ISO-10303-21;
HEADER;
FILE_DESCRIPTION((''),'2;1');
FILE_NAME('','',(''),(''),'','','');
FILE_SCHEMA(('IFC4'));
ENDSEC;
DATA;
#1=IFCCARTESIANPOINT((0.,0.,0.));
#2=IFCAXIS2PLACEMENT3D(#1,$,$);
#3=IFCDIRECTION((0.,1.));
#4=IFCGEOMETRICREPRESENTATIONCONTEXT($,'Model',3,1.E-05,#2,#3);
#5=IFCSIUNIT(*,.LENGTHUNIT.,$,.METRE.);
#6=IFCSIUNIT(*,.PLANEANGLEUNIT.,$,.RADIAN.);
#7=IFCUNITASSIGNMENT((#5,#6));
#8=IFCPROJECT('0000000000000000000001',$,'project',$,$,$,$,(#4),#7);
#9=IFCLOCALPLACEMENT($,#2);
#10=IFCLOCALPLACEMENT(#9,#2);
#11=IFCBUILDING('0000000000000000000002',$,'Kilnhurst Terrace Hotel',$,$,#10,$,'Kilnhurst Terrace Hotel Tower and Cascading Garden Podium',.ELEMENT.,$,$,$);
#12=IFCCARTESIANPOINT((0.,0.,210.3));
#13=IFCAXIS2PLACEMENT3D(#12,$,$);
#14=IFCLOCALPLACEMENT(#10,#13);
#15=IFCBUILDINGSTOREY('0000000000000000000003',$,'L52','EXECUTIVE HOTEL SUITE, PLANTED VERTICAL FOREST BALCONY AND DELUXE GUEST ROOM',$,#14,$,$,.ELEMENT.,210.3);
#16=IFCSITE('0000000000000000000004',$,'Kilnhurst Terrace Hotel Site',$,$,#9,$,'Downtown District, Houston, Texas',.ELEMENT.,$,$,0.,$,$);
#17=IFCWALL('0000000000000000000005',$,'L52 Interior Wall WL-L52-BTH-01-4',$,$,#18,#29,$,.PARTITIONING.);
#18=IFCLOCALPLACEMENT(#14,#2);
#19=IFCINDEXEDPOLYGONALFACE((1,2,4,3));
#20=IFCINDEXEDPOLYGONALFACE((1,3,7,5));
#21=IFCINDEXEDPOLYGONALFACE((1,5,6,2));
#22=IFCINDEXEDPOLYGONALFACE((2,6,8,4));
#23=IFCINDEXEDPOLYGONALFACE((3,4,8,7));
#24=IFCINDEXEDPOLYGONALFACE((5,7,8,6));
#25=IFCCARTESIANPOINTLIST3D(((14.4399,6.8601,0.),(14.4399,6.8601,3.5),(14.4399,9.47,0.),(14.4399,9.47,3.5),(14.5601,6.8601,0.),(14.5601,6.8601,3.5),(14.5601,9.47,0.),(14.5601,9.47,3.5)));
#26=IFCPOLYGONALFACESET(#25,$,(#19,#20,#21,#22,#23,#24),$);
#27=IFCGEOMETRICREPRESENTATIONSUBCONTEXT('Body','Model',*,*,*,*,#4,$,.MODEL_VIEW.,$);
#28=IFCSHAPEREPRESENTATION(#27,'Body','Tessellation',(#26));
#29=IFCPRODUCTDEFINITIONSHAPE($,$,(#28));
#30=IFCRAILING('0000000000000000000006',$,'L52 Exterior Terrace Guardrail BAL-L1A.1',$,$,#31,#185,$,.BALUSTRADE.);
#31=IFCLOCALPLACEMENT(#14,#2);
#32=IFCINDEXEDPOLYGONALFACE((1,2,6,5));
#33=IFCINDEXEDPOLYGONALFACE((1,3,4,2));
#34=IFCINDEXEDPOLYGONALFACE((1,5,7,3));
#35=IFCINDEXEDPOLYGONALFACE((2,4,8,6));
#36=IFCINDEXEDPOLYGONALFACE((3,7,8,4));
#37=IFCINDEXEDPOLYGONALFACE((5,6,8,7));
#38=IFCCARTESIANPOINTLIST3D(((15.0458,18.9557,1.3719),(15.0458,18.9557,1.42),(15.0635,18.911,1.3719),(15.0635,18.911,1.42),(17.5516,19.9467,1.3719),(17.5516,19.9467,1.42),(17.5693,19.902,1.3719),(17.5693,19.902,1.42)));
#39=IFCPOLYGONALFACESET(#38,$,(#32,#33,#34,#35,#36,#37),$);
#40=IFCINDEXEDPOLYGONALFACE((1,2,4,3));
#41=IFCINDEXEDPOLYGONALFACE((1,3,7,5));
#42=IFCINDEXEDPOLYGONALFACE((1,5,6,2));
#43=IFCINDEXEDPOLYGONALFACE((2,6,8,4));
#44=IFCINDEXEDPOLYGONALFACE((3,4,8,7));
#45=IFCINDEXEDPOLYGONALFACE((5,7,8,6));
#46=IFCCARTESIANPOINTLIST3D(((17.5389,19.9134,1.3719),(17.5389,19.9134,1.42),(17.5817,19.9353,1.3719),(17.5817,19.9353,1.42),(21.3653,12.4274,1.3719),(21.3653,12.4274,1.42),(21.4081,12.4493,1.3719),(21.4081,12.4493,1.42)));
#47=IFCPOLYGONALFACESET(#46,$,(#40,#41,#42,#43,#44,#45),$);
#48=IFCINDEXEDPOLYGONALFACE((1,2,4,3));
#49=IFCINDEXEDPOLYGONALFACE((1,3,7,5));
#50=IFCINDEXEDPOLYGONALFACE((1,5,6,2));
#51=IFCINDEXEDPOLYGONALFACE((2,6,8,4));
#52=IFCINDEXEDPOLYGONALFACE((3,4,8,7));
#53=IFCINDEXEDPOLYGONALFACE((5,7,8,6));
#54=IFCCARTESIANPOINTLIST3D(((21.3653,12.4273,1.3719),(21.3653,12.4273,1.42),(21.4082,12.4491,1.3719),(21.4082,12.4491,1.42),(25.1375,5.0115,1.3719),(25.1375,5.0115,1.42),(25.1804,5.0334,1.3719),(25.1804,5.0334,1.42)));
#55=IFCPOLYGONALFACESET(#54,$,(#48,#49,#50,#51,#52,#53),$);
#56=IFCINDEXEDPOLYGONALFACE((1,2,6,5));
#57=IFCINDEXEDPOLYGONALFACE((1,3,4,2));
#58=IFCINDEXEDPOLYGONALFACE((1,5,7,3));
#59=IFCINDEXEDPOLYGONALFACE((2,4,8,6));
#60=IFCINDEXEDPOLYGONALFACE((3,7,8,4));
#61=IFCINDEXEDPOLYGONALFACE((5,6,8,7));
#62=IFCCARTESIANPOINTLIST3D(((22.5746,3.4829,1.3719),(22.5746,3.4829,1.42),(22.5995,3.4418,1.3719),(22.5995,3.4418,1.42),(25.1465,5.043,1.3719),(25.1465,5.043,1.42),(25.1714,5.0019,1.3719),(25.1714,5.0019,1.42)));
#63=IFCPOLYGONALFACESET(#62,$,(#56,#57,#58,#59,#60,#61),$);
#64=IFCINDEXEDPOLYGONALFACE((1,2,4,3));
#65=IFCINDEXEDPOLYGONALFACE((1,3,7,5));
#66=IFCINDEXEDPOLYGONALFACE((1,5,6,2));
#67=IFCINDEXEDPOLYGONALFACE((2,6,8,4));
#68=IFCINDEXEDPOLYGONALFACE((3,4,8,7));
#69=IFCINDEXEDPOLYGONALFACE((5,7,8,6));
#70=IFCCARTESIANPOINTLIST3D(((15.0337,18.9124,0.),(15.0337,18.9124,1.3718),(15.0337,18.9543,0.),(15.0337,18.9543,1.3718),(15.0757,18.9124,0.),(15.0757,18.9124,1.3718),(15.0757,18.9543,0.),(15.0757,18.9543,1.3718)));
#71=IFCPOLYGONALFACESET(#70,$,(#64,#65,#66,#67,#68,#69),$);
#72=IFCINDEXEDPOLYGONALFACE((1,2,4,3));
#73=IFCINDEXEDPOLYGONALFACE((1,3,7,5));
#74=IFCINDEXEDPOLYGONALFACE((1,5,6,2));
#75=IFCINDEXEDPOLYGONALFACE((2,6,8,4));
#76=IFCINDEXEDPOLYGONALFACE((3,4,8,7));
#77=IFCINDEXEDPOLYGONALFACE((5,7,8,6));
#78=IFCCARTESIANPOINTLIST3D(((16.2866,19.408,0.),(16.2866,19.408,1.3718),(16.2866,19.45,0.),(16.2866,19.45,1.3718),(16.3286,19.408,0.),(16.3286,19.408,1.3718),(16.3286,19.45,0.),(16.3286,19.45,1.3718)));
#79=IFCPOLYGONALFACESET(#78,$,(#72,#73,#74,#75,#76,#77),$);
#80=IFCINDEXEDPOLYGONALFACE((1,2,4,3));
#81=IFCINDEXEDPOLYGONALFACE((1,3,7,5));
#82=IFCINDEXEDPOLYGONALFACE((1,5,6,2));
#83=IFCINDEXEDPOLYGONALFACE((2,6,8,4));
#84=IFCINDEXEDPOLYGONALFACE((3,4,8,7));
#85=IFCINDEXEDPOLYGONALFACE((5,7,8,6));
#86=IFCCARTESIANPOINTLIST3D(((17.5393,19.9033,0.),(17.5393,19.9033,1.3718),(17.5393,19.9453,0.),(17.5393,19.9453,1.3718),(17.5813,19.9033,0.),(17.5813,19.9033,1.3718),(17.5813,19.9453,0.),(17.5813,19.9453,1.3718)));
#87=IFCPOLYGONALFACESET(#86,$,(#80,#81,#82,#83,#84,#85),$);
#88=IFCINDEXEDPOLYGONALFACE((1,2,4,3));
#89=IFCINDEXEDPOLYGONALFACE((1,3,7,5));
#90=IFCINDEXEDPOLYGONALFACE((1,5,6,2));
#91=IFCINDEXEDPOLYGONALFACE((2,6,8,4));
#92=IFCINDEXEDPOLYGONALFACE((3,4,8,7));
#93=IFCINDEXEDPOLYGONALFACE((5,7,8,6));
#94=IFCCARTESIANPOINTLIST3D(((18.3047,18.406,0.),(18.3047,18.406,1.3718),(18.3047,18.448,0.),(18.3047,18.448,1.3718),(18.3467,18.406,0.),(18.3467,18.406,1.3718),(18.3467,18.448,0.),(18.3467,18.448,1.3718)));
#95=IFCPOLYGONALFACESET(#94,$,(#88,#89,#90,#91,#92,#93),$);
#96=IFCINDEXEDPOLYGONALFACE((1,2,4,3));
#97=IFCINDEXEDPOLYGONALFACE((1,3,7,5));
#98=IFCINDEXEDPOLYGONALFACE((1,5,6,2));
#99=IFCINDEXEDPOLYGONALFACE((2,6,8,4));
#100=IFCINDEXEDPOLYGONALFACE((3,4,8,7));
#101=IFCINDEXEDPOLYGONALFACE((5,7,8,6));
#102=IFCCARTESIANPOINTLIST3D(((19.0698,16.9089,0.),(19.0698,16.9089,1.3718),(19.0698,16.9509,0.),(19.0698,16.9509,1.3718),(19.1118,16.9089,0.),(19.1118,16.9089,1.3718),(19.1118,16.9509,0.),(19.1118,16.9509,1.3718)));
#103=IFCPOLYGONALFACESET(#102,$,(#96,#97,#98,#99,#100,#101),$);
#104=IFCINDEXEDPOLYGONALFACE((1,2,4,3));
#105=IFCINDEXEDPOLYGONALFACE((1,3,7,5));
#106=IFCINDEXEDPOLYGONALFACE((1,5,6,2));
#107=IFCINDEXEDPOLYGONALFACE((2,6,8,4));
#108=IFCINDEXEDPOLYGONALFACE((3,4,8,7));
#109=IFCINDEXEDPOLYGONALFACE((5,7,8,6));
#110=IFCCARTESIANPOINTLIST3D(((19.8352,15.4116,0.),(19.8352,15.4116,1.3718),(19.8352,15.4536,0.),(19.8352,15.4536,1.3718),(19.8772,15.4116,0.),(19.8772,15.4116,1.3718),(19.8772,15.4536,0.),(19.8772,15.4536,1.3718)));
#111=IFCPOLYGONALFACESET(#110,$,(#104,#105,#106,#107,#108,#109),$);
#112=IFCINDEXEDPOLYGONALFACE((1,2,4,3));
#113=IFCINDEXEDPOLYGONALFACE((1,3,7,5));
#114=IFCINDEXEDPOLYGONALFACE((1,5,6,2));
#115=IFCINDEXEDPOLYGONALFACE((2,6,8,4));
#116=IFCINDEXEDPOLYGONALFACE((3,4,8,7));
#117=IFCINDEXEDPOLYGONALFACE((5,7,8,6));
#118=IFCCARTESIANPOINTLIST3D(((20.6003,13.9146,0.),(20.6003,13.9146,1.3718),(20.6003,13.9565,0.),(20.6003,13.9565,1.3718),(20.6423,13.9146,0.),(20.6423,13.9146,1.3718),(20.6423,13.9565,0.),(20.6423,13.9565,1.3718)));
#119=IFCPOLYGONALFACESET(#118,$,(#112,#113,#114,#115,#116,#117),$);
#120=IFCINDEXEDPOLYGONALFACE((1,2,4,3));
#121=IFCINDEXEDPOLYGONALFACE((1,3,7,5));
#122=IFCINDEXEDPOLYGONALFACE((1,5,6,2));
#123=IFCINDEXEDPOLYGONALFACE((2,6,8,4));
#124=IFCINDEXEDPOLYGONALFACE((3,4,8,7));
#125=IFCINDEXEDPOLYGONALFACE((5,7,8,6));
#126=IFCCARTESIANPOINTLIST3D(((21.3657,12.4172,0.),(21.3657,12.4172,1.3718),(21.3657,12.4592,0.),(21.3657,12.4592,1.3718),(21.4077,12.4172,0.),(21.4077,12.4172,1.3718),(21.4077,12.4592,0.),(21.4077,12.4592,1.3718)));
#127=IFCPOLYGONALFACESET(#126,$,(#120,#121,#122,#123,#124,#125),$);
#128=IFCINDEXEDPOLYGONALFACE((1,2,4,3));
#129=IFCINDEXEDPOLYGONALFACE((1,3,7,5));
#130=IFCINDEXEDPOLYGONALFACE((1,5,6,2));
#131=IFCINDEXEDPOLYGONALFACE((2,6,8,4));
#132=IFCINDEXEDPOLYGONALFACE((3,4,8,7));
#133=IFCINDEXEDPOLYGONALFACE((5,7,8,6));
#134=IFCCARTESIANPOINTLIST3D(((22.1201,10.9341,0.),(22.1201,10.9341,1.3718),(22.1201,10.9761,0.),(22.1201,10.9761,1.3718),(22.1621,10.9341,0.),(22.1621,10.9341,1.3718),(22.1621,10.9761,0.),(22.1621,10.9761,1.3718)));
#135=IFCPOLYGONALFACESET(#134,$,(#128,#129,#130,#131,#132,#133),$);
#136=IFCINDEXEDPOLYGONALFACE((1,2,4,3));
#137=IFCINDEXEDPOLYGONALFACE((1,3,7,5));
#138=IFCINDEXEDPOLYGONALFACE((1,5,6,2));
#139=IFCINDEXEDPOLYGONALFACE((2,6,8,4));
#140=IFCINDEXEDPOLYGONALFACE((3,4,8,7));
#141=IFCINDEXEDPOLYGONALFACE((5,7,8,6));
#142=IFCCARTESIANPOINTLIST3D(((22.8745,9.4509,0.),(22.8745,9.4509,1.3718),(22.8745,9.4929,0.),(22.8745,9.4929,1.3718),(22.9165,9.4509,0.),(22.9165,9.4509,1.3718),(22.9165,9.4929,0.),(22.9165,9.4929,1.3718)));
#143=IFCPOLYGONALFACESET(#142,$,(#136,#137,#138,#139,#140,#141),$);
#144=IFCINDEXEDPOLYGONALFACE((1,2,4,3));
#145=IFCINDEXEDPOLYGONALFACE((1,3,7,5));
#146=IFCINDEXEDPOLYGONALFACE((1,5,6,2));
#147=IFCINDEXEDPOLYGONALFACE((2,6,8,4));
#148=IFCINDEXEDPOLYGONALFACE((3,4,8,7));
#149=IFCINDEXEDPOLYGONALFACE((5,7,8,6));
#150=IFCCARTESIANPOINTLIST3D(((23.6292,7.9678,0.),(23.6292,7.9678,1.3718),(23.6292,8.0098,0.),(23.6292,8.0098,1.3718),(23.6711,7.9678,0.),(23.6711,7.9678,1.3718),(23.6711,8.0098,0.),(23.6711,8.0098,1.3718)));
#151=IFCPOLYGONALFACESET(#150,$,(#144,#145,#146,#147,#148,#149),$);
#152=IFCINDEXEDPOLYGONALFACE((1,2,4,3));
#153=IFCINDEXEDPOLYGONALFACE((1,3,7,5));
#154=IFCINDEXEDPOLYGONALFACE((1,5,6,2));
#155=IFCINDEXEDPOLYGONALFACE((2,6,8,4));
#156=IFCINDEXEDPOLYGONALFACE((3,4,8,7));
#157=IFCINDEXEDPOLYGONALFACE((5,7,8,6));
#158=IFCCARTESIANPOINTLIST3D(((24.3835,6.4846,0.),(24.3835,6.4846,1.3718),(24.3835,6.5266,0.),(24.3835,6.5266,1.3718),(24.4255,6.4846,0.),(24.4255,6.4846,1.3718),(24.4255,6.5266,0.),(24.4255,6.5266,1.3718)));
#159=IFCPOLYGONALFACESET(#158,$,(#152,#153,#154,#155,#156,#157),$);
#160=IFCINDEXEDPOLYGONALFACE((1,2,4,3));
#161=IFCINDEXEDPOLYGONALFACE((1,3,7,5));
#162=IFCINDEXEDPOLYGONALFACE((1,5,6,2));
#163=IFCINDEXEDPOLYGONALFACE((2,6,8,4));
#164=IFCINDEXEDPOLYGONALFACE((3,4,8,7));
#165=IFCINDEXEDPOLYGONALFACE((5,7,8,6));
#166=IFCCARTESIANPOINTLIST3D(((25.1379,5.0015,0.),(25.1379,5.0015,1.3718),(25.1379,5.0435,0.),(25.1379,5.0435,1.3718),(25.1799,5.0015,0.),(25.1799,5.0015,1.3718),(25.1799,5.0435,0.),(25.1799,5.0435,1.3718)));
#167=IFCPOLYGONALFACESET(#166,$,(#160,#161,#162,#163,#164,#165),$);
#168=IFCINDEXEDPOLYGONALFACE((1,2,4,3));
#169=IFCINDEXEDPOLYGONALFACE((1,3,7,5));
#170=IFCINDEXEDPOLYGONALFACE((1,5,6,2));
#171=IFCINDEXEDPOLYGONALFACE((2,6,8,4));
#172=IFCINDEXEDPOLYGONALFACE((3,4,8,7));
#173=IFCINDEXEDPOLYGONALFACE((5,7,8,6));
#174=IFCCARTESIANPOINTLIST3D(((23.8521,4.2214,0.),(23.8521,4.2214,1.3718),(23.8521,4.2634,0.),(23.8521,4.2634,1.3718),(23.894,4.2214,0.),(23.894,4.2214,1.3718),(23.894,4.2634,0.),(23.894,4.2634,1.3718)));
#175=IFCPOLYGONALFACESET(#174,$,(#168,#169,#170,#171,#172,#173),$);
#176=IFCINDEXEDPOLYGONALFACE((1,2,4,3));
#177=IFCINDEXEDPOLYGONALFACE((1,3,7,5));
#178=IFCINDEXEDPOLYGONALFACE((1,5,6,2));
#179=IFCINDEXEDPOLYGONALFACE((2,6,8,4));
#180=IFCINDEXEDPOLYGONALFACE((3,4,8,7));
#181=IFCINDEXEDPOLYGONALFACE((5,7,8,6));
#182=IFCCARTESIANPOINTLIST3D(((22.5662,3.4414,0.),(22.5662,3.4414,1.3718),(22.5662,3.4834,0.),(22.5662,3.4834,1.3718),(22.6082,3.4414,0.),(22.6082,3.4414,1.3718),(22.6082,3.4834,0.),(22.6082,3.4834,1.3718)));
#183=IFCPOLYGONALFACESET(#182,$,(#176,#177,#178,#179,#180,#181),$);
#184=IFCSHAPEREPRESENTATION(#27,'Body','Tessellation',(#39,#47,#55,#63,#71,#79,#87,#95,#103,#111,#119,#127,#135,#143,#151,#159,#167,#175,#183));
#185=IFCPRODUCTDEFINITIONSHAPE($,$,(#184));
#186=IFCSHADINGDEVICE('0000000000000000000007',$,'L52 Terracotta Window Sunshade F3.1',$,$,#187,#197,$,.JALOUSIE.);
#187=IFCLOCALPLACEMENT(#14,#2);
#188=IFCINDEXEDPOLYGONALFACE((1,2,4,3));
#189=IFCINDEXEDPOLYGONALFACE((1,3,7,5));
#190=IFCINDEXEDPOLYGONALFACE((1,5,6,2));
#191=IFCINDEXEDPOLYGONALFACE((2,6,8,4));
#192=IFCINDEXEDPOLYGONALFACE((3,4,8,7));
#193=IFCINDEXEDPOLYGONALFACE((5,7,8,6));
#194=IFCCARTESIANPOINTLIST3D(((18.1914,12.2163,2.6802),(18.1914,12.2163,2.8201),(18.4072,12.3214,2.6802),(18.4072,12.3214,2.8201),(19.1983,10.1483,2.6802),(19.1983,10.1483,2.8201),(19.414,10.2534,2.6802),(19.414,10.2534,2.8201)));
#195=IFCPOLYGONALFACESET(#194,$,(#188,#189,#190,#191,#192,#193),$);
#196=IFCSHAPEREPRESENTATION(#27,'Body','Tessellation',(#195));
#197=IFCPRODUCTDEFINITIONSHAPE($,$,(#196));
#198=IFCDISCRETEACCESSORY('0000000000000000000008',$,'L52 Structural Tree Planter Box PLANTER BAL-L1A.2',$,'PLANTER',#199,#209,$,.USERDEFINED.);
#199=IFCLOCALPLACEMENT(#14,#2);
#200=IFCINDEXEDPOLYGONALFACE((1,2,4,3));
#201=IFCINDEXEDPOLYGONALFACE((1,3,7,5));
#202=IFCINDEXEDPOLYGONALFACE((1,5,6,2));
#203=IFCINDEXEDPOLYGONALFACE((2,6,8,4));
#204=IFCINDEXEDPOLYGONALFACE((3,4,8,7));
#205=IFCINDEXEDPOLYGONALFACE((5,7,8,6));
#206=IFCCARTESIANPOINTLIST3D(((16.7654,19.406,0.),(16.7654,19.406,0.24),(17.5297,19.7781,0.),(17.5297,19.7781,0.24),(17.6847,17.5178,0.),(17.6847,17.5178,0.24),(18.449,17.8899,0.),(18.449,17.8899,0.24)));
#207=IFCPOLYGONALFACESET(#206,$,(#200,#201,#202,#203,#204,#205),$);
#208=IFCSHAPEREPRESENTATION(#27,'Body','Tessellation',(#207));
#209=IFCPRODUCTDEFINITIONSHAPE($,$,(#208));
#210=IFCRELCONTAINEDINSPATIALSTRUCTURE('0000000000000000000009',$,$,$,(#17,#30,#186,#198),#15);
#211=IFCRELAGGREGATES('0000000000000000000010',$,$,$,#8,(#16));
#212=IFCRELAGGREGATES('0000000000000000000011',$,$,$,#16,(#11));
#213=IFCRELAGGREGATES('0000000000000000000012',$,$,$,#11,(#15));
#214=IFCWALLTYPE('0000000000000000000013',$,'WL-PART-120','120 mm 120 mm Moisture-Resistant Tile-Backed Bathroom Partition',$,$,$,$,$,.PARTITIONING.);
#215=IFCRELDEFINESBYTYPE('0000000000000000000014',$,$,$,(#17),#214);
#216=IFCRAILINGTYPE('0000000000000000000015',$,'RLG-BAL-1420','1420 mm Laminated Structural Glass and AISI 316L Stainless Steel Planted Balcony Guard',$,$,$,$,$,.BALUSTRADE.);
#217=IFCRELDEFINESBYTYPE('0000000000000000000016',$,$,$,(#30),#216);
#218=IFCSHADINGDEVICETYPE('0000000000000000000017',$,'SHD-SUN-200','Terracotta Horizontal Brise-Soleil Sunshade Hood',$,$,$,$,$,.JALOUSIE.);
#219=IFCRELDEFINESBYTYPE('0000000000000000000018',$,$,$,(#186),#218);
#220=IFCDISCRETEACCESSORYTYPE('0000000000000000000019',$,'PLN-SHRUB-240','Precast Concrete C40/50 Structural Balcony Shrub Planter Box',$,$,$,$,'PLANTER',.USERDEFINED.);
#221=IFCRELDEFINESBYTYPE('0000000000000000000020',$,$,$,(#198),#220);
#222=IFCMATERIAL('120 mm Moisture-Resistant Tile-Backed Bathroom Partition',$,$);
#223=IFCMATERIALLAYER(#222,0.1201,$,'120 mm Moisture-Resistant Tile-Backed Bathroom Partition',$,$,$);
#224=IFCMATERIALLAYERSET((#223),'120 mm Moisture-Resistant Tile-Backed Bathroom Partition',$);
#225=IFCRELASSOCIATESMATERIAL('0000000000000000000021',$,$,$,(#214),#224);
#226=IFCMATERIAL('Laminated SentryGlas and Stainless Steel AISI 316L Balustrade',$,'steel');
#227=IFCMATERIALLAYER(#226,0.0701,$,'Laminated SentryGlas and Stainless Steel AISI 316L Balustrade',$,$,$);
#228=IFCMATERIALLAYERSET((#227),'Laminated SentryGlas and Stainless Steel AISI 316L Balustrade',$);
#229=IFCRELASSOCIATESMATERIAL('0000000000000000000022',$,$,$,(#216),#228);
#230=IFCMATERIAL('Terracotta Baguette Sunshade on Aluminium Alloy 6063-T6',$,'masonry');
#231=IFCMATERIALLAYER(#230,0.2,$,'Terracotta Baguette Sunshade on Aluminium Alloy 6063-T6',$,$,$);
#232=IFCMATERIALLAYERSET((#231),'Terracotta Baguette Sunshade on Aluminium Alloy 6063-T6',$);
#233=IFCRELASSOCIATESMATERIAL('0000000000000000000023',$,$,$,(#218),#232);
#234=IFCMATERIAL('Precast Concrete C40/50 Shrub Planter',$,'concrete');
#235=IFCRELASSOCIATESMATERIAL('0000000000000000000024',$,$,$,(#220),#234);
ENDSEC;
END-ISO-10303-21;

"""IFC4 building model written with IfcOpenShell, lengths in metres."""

from ifc_helpers import new_model, si_unit, direction, frame, frame_2d, origin, origin_2d, place, context, subcontext, project, spatial, rectangle, extrude, material, layer, layer_set, type_object, element, save


model = new_model("IFC4")

# Units and contexts
model_context = context("Model", 3, precision=1e-05, world=origin(), true_north=direction((0.0, 1.0)))
body_context = subcontext(model_context, "Body", "Model", "MODEL_VIEW")
ifc_project = project(units=[si_unit("LENGTHUNIT", "METRE"), si_unit("PLANEANGLEUNIT", "RADIAN")], contexts=[model_context])

# Site, building, storey
site_placement = place(None, origin())
site = spatial("IfcSite", under=ifc_project, at=site_placement, Name="Kilnhurst Terrace Hotel Site", LongName="Downtown District, Houston, Texas", CompositionType="ELEMENT", RefElevation=0.0)
building_placement = place(site_placement, origin())
building = spatial("IfcBuilding", under=site, at=building_placement, Name="Kilnhurst Terrace Hotel", LongName="Kilnhurst Terrace Hotel Tower and Cascading Garden Podium", CompositionType="ELEMENT")
storey_placement = place(building_placement, frame((0.0, 0.0, 210.3)))
storey = spatial("IfcBuildingStorey", under=building, at=storey_placement, Name="L52", Description="EXECUTIVE HOTEL SUITE, PLANTED VERTICAL FOREST BALCONY AND DELUXE GUEST ROOM", CompositionType="ELEMENT", Elevation=210.3)

# Wall
ifc_material_1 = material(Name="120 mm Moisture-Resistant Tile-Backed Bathroom Partition")
ifc_layer_1 = layer(ifc_material_1, 0.1201, Name="120 mm Moisture-Resistant Tile-Backed Bathroom Partition")
ifc_layer_set_1 = layer_set([ifc_layer_1], Name="120 mm Moisture-Resistant Tile-Backed Bathroom Partition")
wall_type_1 = type_object("IfcWallType", Name="WL-PART-120", Description="120 mm 120 mm Moisture-Resistant Tile-Backed Bathroom Partition", PredefinedType="PARTITIONING", material=ifc_layer_set_1)
wall_1_placement = place(storey_placement, frame((14.5, 9.47, 0.0), z_axis=(0.0, 0.0, 1.0), x_axis=(0.0, -1.0, 0.0)))
element("IfcWall", 1, at=wall_1_placement, inside=storey, type_object=wall_type_1, Name="L52 Interior Wall WL-L52-BTH-01-4", PredefinedType="PARTITIONING", context=body_context, shape_type="SweptSolid", body=[
    extrude(rectangle(XDim=2.6099, YDim=0.1201, at=frame_2d((1.3049, 0.0))), origin(), (0.0, 0.0, 1.0), 3.5),
])

# Railing
ifc_material_2 = material(Name="Laminated SentryGlas and Stainless Steel AISI 316L Balustrade", Category="steel")
ifc_layer_2 = layer(ifc_material_2, 0.0701, Name="Laminated SentryGlas and Stainless Steel AISI 316L Balustrade")
ifc_layer_set_2 = layer_set([ifc_layer_2], Name="Laminated SentryGlas and Stainless Steel AISI 316L Balustrade")
railing_type = type_object("IfcRailingType", Name="RLG-BAL-1420", Description="1420 mm Laminated Structural Glass and AISI 316L Stainless Steel Planted Balcony Guard", PredefinedType="BALUSTRADE", material=ifc_layer_set_2)
railing_placement = place(storey_placement, frame((15.0547, 18.9333, 0.0)))
element("IfcRailing", 2, at=railing_placement, inside=storey, type_object=railing_type, Name="L52 Exterior Terrace Guardrail BAL-L1A.1", PredefinedType="BALUSTRADE", context=body_context, shape_type="SweptSolid", body=[
    extrude(rectangle(XDim=0.0481, YDim=0.0481, at=origin_2d()), frame((0.0, 0.0, 1.396), z_axis=(0.929913, 0.367779, 0.0), x_axis=(-0.367779, 0.929913, 0.0)), (0.0, 0.0, 1.0), 2.6946),
    extrude(rectangle(XDim=0.0481, YDim=0.0481, at=origin_2d()), frame((2.5056, 0.991, 1.396), z_axis=(0.455129, -0.890425, 0.0), x_axis=(0.890425, 0.455129, 0.0)), (0.0, 0.0, 1.0), 8.4072),
    extrude(rectangle(XDim=0.0481, YDim=0.0481, at=origin_2d()), frame((6.332, -6.4951, 1.396), z_axis=(0.453389, -0.891313, 0.0), x_axis=(0.891313, 0.453389, 0.0)), (0.0, 0.0, 1.0), 8.3201),
    extrude(rectangle(XDim=0.0481, YDim=0.0481, at=origin_2d()), frame((10.1042, -13.9109, 1.396), z_axis=(-0.854991, -0.518643, 0.0), x_axis=(0.518643, -0.854991, 0.0)), (0.0, 0.0, 1.0), 3.0081),
    extrude(rectangle(XDim=0.042, YDim=0.042, at=origin_2d()), origin(), (0.0, 0.0, 1.0), 1.3718),
    extrude(rectangle(XDim=0.042, YDim=0.042, at=origin_2d()), frame((1.2529, 0.4956, 0.0)), (0.0, 0.0, 1.0), 1.3718),
    extrude(rectangle(XDim=0.042, YDim=0.042, at=origin_2d()), frame((2.5056, 0.991, 0.0)), (0.0, 0.0, 1.0), 1.3718),
    extrude(rectangle(XDim=0.042, YDim=0.042, at=origin_2d()), frame((3.271, -0.5063, 0.0)), (0.0, 0.0, 1.0), 1.3718),
    extrude(rectangle(XDim=0.042, YDim=0.042, at=origin_2d()), frame((4.0361, -2.0034, 0.0)), (0.0, 0.0, 1.0), 1.3718),
    extrude(rectangle(XDim=0.042, YDim=0.042, at=origin_2d()), frame((4.8015, -3.5007, 0.0)), (0.0, 0.0, 1.0), 1.3718),
    extrude(rectangle(XDim=0.042, YDim=0.042, at=origin_2d()), frame((5.5667, -4.9978, 0.0)), (0.0, 0.0, 1.0), 1.3718),
    extrude(rectangle(XDim=0.042, YDim=0.042, at=origin_2d()), frame((6.332, -6.4951, 0.0)), (0.0, 0.0, 1.0), 1.3718),
    extrude(rectangle(XDim=0.042, YDim=0.042, at=origin_2d()), frame((7.0864, -7.9783, 0.0)), (0.0, 0.0, 1.0), 1.3718),
    extrude(rectangle(XDim=0.042, YDim=0.042, at=origin_2d()), frame((7.8408, -9.4614, 0.0)), (0.0, 0.0, 1.0), 1.3718),
    extrude(rectangle(XDim=0.042, YDim=0.042, at=origin_2d()), frame((8.5955, -10.9446, 0.0)), (0.0, 0.0, 1.0), 1.3718),
    extrude(rectangle(XDim=0.042, YDim=0.042, at=origin_2d()), frame((9.3499, -12.4277, 0.0)), (0.0, 0.0, 1.0), 1.3718),
    extrude(rectangle(XDim=0.042, YDim=0.042, at=origin_2d()), frame((10.1042, -13.9109, 0.0)), (0.0, 0.0, 1.0), 1.3718),
    extrude(rectangle(XDim=0.042, YDim=0.042, at=origin_2d()), frame((8.8184, -14.6909, 0.0)), (0.0, 0.0, 1.0), 1.3718),
    extrude(rectangle(XDim=0.042, YDim=0.042, at=origin_2d()), frame((7.5325, -15.4709, 0.0)), (0.0, 0.0, 1.0), 1.3718),
])

# Shading device
ifc_material_3 = material(Name="Terracotta Baguette Sunshade on Aluminium Alloy 6063-T6", Category="masonry")
ifc_layer_3 = layer(ifc_material_3, 0.2, Name="Terracotta Baguette Sunshade on Aluminium Alloy 6063-T6")
ifc_layer_set_3 = layer_set([ifc_layer_3], Name="Terracotta Baguette Sunshade on Aluminium Alloy 6063-T6")
shading_device_type = type_object("IfcShadingDeviceType", Name="SHD-SUN-200", Description="Terracotta Horizontal Brise-Soleil Sunshade Hood", PredefinedType="JALOUSIE", material=ifc_layer_set_3)
shading_device_placement = place(storey_placement, frame((18.8027, 11.2349, 2.6802), z_axis=(0.0, 0.0, 1.0), x_axis=(-0.437744, 0.8991, 0.0)))
element("IfcShadingDevice", 3, at=shading_device_placement, inside=storey, type_object=shading_device_type, Name="L52 Terracotta Window Sunshade F3.1", PredefinedType="JALOUSIE", context=body_context, shape_type="SweptSolid", body=[
    extrude(rectangle(XDim=2.3, YDim=0.24, at=origin_2d()), origin(), (0.0, 0.0, 1.0), 0.1399),
])

# Discrete accessory
ifc_material_4 = material(Name="Precast Concrete C40/50 Shrub Planter", Category="concrete")
discrete_accessory_type_1 = type_object("IfcDiscreteAccessoryType", Name="PLN-SHRUB-240", Description="Precast Concrete C40/50 Structural Balcony Shrub Planter Box", ElementType="PLANTER", PredefinedType="USERDEFINED", material=ifc_material_4)
discrete_accessory_1_placement = place(storey_placement, frame((17.6072, 18.6479, 0.0), z_axis=(0.0, 0.0, 1.0), x_axis=(-0.437744, 0.8991, 0.0)))
element("IfcDiscreteAccessory", 4, at=discrete_accessory_1_placement, inside=storey, type_object=discrete_accessory_type_1, Name="L52 Structural Tree Planter Box PLANTER BAL-L1A.2", ObjectType="PLANTER", PredefinedType="USERDEFINED", context=body_context, shape_type="SweptSolid", body=[
    extrude(rectangle(XDim=2.1001, YDim=0.8501, at=origin_2d()), origin(), (0.0, 0.0, 1.0), 0.24),
])

save(model, "model.ifc")
